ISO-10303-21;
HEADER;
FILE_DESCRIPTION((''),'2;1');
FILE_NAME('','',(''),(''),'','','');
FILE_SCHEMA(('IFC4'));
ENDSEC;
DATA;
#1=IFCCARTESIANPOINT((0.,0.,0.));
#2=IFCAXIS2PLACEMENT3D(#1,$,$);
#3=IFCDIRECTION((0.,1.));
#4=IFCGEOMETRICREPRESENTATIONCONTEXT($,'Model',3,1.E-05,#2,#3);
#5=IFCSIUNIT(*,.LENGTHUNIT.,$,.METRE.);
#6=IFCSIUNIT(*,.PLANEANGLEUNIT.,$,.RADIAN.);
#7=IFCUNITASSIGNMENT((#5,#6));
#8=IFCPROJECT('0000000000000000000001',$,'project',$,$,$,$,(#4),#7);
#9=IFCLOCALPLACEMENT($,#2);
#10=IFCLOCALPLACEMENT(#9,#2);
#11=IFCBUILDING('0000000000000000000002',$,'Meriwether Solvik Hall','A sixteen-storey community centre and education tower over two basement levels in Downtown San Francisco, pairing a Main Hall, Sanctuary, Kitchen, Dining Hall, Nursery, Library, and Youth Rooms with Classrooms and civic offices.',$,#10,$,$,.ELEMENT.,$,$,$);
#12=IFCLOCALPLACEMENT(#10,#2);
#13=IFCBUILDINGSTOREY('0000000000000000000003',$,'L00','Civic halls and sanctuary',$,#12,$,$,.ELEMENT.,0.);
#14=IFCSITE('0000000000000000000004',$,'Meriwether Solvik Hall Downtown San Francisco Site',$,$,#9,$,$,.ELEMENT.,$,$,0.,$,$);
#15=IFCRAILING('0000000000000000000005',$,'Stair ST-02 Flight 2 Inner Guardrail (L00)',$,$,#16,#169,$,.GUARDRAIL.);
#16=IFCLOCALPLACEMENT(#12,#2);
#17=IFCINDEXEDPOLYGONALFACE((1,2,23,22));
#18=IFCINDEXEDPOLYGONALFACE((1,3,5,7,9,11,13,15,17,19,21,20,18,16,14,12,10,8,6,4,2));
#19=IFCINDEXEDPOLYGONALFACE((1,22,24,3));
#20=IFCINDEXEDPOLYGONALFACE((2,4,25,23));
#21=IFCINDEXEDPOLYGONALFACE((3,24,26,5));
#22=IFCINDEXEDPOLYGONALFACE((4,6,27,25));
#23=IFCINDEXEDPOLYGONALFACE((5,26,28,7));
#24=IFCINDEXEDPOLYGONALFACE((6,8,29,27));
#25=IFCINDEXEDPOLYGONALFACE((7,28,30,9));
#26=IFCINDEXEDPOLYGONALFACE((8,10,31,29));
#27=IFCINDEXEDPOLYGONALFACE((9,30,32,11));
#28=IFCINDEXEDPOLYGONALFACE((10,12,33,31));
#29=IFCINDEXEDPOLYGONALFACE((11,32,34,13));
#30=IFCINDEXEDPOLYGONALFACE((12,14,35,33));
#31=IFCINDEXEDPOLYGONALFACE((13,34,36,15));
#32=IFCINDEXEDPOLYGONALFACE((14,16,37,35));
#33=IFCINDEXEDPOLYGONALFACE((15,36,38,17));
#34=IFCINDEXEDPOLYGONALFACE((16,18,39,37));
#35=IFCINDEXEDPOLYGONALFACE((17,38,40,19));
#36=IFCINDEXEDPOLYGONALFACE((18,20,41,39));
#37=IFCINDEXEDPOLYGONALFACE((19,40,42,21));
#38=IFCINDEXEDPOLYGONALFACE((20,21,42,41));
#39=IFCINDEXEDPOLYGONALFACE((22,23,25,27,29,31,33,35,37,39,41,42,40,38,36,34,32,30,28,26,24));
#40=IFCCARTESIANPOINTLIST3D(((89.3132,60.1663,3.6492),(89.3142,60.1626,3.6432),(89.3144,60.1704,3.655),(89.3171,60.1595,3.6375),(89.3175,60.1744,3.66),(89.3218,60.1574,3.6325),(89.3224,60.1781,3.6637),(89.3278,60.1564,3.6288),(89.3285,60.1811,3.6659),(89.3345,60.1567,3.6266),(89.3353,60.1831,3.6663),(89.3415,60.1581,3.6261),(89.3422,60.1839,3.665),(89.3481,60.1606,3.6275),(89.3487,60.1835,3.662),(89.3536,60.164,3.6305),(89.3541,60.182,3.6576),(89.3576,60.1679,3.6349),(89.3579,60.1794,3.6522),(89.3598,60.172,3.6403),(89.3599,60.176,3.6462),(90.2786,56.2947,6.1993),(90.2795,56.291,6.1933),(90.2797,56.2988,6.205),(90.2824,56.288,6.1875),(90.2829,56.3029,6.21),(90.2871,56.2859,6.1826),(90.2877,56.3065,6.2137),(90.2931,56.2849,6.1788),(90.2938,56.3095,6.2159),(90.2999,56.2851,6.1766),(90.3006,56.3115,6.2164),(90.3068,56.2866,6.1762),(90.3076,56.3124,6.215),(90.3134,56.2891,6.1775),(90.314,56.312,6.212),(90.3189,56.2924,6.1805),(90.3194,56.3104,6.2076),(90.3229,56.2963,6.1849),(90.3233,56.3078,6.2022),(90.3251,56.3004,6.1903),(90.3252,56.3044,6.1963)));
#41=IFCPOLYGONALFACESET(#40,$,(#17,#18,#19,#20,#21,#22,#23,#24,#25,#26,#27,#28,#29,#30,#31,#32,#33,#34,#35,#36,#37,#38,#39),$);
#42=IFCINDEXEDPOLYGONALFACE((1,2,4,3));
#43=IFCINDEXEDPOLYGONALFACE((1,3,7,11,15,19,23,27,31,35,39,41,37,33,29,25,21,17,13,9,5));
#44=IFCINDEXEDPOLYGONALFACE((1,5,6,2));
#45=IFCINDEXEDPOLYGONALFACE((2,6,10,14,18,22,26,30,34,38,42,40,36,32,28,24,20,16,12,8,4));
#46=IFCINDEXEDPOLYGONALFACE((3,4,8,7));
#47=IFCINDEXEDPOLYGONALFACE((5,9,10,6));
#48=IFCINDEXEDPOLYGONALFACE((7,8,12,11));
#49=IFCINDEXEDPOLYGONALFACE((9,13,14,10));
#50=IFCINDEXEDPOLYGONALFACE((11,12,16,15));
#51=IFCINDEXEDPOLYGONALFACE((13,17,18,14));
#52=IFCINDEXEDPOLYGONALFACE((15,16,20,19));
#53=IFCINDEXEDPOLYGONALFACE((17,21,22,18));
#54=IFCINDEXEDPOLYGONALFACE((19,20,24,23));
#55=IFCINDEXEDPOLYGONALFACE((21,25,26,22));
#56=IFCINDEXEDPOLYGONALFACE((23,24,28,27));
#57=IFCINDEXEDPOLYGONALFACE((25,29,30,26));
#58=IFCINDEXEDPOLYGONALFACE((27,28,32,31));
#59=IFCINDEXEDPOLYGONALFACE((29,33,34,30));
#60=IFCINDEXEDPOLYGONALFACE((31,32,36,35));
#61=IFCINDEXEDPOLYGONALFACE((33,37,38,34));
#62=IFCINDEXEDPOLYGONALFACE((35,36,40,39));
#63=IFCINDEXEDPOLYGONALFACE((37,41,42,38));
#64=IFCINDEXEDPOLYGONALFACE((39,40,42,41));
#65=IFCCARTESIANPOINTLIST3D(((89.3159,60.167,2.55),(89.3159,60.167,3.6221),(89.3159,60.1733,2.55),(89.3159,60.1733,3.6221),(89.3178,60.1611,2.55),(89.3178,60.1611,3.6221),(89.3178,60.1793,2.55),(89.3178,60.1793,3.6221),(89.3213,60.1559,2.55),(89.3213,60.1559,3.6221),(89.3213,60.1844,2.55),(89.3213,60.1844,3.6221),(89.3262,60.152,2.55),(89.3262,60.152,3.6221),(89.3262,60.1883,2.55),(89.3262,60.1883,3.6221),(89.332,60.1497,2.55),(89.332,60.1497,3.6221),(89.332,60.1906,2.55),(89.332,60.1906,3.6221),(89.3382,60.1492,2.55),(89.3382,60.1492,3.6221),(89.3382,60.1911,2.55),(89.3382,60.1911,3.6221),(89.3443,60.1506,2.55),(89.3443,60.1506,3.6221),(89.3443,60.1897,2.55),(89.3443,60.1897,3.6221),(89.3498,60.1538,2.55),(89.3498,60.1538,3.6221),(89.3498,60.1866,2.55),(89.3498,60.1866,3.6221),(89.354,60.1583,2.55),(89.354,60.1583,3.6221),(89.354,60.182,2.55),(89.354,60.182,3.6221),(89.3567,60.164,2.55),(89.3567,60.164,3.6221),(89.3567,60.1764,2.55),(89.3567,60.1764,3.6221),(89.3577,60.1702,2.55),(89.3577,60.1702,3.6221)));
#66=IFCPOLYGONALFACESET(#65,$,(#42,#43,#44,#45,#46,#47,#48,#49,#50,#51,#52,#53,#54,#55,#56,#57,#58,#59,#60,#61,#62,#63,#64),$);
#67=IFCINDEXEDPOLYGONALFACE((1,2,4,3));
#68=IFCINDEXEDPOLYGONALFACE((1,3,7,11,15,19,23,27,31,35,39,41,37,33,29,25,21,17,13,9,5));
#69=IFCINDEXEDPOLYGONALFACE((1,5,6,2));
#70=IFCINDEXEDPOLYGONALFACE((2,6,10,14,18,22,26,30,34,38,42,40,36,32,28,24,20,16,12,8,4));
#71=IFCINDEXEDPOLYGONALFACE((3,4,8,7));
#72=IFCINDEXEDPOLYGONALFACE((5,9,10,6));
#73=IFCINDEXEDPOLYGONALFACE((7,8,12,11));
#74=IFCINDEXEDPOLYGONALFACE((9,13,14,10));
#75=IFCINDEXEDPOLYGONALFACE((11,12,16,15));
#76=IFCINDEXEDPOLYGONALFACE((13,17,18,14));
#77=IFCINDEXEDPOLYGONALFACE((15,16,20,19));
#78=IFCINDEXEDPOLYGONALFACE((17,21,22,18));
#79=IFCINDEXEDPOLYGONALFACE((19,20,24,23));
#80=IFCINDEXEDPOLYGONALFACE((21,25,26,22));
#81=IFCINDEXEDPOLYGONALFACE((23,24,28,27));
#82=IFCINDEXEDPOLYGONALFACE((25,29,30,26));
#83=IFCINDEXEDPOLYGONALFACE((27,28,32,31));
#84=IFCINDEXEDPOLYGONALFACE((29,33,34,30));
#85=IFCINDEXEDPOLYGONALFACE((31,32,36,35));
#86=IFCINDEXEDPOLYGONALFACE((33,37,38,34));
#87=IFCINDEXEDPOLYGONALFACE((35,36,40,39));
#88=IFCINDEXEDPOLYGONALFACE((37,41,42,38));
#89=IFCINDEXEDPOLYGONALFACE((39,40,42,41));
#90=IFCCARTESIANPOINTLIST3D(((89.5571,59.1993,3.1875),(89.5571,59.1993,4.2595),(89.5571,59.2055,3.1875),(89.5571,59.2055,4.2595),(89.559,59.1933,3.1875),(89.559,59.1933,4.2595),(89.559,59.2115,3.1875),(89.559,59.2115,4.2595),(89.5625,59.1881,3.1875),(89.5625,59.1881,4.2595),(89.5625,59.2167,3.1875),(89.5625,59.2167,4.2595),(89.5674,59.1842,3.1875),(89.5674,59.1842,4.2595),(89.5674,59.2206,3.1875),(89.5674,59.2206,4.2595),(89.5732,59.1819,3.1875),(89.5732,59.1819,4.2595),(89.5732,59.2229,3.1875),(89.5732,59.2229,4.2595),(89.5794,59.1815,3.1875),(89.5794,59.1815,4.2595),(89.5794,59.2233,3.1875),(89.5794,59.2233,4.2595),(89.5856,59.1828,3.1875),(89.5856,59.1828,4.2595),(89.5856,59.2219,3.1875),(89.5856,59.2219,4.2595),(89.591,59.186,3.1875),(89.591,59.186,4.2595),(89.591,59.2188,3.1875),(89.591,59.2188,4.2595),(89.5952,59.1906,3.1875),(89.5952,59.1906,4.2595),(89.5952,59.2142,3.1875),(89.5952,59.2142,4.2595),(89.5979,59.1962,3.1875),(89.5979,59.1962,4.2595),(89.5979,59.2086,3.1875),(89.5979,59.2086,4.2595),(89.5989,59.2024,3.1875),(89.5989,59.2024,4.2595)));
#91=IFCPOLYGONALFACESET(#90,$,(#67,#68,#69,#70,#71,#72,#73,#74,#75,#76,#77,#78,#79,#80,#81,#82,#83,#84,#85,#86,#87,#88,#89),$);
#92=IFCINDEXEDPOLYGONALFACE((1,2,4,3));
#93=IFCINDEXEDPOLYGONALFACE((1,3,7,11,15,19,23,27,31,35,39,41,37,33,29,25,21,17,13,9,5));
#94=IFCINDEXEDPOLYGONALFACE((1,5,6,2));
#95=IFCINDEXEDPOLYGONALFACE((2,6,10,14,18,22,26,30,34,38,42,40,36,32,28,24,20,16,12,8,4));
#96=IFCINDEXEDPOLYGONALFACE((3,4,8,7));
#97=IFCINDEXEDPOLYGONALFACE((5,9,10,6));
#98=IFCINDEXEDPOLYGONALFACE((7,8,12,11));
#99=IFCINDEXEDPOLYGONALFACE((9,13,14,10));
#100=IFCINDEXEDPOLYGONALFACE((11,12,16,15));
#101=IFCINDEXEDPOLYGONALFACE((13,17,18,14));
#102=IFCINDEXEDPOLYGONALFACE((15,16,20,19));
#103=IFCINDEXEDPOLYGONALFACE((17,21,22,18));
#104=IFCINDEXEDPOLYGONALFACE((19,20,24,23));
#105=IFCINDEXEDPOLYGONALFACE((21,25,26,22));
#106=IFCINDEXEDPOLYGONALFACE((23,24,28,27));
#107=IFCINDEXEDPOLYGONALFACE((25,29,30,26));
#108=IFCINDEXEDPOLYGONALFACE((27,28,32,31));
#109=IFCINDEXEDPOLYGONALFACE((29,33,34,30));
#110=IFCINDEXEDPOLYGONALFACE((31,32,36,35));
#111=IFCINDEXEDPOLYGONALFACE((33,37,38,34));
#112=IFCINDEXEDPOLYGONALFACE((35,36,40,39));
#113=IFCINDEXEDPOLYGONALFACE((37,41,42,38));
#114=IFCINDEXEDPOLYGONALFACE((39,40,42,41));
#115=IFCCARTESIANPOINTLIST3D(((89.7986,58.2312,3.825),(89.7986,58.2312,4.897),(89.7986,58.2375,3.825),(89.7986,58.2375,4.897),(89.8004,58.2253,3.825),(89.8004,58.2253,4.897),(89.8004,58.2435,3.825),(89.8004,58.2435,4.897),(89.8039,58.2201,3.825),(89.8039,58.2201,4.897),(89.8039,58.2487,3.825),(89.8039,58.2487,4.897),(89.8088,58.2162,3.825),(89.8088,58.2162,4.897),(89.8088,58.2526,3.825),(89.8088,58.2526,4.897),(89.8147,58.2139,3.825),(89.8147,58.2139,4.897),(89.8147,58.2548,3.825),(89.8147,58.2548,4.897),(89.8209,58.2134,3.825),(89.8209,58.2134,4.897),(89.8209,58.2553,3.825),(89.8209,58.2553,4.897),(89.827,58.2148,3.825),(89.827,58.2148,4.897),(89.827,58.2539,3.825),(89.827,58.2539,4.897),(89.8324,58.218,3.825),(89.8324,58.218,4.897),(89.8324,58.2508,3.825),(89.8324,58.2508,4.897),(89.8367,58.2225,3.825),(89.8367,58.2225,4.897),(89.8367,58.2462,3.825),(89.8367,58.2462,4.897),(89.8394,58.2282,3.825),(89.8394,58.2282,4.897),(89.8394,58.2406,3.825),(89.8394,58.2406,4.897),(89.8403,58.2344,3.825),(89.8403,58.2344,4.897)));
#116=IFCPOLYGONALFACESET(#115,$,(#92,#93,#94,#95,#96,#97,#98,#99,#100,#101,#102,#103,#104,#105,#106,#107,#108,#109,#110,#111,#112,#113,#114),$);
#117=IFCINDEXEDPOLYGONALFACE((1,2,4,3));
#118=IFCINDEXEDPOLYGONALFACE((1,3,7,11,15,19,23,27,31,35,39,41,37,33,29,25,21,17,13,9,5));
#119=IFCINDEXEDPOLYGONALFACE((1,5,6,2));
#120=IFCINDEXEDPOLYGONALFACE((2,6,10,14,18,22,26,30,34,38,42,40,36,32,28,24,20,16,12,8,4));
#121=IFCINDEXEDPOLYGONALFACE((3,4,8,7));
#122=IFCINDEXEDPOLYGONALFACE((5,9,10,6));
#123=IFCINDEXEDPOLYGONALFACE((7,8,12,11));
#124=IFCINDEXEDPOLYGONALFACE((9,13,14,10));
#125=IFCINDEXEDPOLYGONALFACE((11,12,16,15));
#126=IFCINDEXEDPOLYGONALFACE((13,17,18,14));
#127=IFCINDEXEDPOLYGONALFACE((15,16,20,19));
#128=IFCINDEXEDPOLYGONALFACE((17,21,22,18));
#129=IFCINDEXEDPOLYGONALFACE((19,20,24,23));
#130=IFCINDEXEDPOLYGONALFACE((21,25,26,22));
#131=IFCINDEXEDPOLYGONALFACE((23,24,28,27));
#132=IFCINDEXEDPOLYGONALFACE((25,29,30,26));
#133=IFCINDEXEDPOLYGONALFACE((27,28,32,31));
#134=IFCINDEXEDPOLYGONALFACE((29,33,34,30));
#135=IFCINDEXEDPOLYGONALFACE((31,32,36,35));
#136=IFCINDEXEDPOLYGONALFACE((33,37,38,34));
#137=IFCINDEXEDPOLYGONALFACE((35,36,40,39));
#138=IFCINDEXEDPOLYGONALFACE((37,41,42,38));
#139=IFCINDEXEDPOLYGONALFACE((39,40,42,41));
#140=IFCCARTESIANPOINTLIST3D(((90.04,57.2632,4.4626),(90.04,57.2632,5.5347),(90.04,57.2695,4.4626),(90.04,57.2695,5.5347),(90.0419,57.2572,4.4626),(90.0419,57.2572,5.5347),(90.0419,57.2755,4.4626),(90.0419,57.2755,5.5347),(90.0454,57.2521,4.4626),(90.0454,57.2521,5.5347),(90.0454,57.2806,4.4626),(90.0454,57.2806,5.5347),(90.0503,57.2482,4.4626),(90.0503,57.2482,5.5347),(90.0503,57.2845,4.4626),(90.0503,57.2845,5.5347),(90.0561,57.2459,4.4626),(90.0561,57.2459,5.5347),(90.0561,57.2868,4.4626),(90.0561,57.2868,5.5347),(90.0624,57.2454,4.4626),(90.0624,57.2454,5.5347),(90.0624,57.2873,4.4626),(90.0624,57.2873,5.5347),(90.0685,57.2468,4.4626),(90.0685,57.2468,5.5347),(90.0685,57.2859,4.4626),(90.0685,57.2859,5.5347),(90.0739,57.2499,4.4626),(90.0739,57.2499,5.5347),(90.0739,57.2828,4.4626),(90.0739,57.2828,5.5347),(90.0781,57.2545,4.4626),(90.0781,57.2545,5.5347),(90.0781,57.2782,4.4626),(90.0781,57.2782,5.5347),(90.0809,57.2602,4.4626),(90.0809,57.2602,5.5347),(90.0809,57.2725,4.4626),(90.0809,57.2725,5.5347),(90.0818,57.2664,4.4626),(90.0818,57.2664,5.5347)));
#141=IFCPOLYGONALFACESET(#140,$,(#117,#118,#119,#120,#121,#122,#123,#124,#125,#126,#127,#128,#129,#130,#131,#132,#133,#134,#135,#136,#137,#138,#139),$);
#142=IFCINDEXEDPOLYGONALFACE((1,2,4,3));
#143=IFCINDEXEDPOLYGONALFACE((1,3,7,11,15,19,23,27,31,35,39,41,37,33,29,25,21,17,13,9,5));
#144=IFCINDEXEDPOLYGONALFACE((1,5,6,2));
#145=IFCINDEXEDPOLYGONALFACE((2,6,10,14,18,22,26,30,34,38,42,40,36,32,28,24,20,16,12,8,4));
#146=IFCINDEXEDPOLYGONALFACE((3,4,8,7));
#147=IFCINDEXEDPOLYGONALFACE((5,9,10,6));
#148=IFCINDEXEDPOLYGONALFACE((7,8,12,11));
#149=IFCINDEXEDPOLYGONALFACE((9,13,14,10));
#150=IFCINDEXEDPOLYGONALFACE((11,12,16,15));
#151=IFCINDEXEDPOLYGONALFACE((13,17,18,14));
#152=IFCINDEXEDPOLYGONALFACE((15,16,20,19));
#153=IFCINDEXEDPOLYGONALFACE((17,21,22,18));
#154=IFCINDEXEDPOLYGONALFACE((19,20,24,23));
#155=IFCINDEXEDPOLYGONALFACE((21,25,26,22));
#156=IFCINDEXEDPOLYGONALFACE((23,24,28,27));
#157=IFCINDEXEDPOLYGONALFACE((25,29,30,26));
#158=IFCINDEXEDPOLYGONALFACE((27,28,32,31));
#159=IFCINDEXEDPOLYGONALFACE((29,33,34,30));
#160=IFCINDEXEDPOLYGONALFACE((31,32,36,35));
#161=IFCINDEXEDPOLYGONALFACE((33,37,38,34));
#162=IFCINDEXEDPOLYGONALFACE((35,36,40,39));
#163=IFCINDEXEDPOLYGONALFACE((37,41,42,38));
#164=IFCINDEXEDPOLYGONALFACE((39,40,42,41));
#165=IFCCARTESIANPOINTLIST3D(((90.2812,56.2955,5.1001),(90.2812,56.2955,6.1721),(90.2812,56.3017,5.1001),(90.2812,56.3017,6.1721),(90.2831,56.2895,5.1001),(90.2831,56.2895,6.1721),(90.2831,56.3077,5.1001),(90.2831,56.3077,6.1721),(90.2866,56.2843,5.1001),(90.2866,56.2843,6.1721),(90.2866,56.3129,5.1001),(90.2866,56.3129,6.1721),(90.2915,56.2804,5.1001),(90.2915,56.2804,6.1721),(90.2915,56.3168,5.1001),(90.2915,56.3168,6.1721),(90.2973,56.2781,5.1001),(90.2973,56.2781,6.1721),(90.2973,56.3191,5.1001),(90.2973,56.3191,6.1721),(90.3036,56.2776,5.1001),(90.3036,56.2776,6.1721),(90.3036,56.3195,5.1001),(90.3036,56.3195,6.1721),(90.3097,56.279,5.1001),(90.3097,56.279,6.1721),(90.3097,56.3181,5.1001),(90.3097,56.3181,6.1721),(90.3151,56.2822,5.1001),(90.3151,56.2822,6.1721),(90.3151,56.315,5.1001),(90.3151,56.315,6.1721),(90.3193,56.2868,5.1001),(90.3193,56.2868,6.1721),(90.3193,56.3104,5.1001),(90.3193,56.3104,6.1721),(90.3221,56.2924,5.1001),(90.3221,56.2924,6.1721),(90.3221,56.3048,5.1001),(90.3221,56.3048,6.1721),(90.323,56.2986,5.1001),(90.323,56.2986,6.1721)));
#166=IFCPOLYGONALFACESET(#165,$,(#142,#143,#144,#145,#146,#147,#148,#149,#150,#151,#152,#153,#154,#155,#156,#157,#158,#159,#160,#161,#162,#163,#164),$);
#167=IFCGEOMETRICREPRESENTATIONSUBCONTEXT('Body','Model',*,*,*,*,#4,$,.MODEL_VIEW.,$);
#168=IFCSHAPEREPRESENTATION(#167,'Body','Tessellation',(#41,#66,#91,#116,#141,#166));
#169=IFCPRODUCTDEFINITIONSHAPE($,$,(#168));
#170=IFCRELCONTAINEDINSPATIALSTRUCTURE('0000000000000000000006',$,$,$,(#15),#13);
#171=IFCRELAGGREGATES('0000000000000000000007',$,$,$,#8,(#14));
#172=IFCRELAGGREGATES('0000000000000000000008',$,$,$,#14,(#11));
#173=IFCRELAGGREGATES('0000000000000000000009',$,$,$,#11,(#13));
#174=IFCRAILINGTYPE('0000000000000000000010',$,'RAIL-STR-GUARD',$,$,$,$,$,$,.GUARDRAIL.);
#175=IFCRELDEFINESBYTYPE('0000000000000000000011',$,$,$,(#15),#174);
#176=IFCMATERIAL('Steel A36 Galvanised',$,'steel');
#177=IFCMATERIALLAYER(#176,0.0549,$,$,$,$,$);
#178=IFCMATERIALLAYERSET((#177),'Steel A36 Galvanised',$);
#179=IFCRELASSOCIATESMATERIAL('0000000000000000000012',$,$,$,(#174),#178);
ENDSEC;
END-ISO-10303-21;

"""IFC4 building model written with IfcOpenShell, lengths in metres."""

from ifc_helpers import new_model, si_unit, direction, frame, origin, origin_2d, place, context, subcontext, project, spatial, circle, extrude, material, layer, layer_set, type_object, element, save


model = new_model("IFC4")

# Units and contexts
model_context = context("Model", 3, precision=1e-05, world=origin(), true_north=direction((0.0, 1.0)))
body_context = subcontext(model_context, "Body", "Model", "MODEL_VIEW")
ifc_project = project(units=[si_unit("LENGTHUNIT", "METRE"), si_unit("PLANEANGLEUNIT", "RADIAN")], contexts=[model_context])

# Site, building, storey
site_placement = place(None, origin())
site = spatial("IfcSite", under=ifc_project, at=site_placement, Name="Meriwether Solvik Hall Downtown San Francisco Site", CompositionType="ELEMENT", RefElevation=0.0)
building_placement = place(site_placement, origin())
building = spatial("IfcBuilding", under=site, at=building_placement, Name="Meriwether Solvik Hall", Description="A sixteen-storey community centre and education tower over two basement levels in Downtown San Francisco, pairing a Main Hall, Sanctuary, Kitchen, Dining Hall, Nursery, Library, and Youth Rooms with Classrooms and civic offices.", CompositionType="ELEMENT")
storey_placement = place(building_placement, origin())
storey = spatial("IfcBuildingStorey", under=building, at=storey_placement, Name="L00", Description="Civic halls and sanctuary", CompositionType="ELEMENT", Elevation=0.0)

# Railing
ifc_material_1 = material(Name="Steel A36 Galvanised", Category="steel")
ifc_layer_1 = layer(ifc_material_1, 0.0549)
ifc_layer_set_1 = layer_set([ifc_layer_1], Name="Steel A36 Galvanised")
railing_type_1 = type_object("IfcRailingType", Name="RAIL-STR-GUARD", PredefinedType="GUARDRAIL", material=ifc_layer_set_1)
railing_1_placement = place(storey_placement, frame((89.3367, 60.1702, 2.55)))
element("IfcRailing", 1, at=railing_1_placement, inside=storey, type_object=railing_type_1, Name="Stair ST-02 Flight 2 Inner Guardrail (L00)", PredefinedType="GUARDRAIL", context=body_context, shape_type="SweptSolid", body=[
    extrude(circle(Radius=0.0239, at=origin_2d()), frame((0.0, 0.0, 1.0962), z_axis=(0.203856, -0.817587, 0.538511), x_axis=(0.970293, 0.241931, 0.0)), (0.0, 0.0, 1.0), 4.7354),
    extrude(circle(Radius=0.021, at=origin_2d()), origin(), (0.0, 0.0, 1.0), 1.072),
    extrude(circle(Radius=0.021, at=origin_2d()), frame((0.2412, -0.9678, 0.6375)), (0.0, 0.0, 1.0), 1.072),
    extrude(circle(Radius=0.021, at=origin_2d()), frame((0.4827, -1.9358, 1.2749)), (0.0, 0.0, 1.0), 1.072),
    extrude(circle(Radius=0.021, at=origin_2d()), frame((0.7241, -2.9038, 1.9126)), (0.0, 0.0, 1.0), 1.072),
    extrude(circle(Radius=0.021, at=origin_2d()), frame((0.9653, -3.8716, 2.55)), (0.0, 0.0, 1.0), 1.072),
])

save(model, "model.ifc")
